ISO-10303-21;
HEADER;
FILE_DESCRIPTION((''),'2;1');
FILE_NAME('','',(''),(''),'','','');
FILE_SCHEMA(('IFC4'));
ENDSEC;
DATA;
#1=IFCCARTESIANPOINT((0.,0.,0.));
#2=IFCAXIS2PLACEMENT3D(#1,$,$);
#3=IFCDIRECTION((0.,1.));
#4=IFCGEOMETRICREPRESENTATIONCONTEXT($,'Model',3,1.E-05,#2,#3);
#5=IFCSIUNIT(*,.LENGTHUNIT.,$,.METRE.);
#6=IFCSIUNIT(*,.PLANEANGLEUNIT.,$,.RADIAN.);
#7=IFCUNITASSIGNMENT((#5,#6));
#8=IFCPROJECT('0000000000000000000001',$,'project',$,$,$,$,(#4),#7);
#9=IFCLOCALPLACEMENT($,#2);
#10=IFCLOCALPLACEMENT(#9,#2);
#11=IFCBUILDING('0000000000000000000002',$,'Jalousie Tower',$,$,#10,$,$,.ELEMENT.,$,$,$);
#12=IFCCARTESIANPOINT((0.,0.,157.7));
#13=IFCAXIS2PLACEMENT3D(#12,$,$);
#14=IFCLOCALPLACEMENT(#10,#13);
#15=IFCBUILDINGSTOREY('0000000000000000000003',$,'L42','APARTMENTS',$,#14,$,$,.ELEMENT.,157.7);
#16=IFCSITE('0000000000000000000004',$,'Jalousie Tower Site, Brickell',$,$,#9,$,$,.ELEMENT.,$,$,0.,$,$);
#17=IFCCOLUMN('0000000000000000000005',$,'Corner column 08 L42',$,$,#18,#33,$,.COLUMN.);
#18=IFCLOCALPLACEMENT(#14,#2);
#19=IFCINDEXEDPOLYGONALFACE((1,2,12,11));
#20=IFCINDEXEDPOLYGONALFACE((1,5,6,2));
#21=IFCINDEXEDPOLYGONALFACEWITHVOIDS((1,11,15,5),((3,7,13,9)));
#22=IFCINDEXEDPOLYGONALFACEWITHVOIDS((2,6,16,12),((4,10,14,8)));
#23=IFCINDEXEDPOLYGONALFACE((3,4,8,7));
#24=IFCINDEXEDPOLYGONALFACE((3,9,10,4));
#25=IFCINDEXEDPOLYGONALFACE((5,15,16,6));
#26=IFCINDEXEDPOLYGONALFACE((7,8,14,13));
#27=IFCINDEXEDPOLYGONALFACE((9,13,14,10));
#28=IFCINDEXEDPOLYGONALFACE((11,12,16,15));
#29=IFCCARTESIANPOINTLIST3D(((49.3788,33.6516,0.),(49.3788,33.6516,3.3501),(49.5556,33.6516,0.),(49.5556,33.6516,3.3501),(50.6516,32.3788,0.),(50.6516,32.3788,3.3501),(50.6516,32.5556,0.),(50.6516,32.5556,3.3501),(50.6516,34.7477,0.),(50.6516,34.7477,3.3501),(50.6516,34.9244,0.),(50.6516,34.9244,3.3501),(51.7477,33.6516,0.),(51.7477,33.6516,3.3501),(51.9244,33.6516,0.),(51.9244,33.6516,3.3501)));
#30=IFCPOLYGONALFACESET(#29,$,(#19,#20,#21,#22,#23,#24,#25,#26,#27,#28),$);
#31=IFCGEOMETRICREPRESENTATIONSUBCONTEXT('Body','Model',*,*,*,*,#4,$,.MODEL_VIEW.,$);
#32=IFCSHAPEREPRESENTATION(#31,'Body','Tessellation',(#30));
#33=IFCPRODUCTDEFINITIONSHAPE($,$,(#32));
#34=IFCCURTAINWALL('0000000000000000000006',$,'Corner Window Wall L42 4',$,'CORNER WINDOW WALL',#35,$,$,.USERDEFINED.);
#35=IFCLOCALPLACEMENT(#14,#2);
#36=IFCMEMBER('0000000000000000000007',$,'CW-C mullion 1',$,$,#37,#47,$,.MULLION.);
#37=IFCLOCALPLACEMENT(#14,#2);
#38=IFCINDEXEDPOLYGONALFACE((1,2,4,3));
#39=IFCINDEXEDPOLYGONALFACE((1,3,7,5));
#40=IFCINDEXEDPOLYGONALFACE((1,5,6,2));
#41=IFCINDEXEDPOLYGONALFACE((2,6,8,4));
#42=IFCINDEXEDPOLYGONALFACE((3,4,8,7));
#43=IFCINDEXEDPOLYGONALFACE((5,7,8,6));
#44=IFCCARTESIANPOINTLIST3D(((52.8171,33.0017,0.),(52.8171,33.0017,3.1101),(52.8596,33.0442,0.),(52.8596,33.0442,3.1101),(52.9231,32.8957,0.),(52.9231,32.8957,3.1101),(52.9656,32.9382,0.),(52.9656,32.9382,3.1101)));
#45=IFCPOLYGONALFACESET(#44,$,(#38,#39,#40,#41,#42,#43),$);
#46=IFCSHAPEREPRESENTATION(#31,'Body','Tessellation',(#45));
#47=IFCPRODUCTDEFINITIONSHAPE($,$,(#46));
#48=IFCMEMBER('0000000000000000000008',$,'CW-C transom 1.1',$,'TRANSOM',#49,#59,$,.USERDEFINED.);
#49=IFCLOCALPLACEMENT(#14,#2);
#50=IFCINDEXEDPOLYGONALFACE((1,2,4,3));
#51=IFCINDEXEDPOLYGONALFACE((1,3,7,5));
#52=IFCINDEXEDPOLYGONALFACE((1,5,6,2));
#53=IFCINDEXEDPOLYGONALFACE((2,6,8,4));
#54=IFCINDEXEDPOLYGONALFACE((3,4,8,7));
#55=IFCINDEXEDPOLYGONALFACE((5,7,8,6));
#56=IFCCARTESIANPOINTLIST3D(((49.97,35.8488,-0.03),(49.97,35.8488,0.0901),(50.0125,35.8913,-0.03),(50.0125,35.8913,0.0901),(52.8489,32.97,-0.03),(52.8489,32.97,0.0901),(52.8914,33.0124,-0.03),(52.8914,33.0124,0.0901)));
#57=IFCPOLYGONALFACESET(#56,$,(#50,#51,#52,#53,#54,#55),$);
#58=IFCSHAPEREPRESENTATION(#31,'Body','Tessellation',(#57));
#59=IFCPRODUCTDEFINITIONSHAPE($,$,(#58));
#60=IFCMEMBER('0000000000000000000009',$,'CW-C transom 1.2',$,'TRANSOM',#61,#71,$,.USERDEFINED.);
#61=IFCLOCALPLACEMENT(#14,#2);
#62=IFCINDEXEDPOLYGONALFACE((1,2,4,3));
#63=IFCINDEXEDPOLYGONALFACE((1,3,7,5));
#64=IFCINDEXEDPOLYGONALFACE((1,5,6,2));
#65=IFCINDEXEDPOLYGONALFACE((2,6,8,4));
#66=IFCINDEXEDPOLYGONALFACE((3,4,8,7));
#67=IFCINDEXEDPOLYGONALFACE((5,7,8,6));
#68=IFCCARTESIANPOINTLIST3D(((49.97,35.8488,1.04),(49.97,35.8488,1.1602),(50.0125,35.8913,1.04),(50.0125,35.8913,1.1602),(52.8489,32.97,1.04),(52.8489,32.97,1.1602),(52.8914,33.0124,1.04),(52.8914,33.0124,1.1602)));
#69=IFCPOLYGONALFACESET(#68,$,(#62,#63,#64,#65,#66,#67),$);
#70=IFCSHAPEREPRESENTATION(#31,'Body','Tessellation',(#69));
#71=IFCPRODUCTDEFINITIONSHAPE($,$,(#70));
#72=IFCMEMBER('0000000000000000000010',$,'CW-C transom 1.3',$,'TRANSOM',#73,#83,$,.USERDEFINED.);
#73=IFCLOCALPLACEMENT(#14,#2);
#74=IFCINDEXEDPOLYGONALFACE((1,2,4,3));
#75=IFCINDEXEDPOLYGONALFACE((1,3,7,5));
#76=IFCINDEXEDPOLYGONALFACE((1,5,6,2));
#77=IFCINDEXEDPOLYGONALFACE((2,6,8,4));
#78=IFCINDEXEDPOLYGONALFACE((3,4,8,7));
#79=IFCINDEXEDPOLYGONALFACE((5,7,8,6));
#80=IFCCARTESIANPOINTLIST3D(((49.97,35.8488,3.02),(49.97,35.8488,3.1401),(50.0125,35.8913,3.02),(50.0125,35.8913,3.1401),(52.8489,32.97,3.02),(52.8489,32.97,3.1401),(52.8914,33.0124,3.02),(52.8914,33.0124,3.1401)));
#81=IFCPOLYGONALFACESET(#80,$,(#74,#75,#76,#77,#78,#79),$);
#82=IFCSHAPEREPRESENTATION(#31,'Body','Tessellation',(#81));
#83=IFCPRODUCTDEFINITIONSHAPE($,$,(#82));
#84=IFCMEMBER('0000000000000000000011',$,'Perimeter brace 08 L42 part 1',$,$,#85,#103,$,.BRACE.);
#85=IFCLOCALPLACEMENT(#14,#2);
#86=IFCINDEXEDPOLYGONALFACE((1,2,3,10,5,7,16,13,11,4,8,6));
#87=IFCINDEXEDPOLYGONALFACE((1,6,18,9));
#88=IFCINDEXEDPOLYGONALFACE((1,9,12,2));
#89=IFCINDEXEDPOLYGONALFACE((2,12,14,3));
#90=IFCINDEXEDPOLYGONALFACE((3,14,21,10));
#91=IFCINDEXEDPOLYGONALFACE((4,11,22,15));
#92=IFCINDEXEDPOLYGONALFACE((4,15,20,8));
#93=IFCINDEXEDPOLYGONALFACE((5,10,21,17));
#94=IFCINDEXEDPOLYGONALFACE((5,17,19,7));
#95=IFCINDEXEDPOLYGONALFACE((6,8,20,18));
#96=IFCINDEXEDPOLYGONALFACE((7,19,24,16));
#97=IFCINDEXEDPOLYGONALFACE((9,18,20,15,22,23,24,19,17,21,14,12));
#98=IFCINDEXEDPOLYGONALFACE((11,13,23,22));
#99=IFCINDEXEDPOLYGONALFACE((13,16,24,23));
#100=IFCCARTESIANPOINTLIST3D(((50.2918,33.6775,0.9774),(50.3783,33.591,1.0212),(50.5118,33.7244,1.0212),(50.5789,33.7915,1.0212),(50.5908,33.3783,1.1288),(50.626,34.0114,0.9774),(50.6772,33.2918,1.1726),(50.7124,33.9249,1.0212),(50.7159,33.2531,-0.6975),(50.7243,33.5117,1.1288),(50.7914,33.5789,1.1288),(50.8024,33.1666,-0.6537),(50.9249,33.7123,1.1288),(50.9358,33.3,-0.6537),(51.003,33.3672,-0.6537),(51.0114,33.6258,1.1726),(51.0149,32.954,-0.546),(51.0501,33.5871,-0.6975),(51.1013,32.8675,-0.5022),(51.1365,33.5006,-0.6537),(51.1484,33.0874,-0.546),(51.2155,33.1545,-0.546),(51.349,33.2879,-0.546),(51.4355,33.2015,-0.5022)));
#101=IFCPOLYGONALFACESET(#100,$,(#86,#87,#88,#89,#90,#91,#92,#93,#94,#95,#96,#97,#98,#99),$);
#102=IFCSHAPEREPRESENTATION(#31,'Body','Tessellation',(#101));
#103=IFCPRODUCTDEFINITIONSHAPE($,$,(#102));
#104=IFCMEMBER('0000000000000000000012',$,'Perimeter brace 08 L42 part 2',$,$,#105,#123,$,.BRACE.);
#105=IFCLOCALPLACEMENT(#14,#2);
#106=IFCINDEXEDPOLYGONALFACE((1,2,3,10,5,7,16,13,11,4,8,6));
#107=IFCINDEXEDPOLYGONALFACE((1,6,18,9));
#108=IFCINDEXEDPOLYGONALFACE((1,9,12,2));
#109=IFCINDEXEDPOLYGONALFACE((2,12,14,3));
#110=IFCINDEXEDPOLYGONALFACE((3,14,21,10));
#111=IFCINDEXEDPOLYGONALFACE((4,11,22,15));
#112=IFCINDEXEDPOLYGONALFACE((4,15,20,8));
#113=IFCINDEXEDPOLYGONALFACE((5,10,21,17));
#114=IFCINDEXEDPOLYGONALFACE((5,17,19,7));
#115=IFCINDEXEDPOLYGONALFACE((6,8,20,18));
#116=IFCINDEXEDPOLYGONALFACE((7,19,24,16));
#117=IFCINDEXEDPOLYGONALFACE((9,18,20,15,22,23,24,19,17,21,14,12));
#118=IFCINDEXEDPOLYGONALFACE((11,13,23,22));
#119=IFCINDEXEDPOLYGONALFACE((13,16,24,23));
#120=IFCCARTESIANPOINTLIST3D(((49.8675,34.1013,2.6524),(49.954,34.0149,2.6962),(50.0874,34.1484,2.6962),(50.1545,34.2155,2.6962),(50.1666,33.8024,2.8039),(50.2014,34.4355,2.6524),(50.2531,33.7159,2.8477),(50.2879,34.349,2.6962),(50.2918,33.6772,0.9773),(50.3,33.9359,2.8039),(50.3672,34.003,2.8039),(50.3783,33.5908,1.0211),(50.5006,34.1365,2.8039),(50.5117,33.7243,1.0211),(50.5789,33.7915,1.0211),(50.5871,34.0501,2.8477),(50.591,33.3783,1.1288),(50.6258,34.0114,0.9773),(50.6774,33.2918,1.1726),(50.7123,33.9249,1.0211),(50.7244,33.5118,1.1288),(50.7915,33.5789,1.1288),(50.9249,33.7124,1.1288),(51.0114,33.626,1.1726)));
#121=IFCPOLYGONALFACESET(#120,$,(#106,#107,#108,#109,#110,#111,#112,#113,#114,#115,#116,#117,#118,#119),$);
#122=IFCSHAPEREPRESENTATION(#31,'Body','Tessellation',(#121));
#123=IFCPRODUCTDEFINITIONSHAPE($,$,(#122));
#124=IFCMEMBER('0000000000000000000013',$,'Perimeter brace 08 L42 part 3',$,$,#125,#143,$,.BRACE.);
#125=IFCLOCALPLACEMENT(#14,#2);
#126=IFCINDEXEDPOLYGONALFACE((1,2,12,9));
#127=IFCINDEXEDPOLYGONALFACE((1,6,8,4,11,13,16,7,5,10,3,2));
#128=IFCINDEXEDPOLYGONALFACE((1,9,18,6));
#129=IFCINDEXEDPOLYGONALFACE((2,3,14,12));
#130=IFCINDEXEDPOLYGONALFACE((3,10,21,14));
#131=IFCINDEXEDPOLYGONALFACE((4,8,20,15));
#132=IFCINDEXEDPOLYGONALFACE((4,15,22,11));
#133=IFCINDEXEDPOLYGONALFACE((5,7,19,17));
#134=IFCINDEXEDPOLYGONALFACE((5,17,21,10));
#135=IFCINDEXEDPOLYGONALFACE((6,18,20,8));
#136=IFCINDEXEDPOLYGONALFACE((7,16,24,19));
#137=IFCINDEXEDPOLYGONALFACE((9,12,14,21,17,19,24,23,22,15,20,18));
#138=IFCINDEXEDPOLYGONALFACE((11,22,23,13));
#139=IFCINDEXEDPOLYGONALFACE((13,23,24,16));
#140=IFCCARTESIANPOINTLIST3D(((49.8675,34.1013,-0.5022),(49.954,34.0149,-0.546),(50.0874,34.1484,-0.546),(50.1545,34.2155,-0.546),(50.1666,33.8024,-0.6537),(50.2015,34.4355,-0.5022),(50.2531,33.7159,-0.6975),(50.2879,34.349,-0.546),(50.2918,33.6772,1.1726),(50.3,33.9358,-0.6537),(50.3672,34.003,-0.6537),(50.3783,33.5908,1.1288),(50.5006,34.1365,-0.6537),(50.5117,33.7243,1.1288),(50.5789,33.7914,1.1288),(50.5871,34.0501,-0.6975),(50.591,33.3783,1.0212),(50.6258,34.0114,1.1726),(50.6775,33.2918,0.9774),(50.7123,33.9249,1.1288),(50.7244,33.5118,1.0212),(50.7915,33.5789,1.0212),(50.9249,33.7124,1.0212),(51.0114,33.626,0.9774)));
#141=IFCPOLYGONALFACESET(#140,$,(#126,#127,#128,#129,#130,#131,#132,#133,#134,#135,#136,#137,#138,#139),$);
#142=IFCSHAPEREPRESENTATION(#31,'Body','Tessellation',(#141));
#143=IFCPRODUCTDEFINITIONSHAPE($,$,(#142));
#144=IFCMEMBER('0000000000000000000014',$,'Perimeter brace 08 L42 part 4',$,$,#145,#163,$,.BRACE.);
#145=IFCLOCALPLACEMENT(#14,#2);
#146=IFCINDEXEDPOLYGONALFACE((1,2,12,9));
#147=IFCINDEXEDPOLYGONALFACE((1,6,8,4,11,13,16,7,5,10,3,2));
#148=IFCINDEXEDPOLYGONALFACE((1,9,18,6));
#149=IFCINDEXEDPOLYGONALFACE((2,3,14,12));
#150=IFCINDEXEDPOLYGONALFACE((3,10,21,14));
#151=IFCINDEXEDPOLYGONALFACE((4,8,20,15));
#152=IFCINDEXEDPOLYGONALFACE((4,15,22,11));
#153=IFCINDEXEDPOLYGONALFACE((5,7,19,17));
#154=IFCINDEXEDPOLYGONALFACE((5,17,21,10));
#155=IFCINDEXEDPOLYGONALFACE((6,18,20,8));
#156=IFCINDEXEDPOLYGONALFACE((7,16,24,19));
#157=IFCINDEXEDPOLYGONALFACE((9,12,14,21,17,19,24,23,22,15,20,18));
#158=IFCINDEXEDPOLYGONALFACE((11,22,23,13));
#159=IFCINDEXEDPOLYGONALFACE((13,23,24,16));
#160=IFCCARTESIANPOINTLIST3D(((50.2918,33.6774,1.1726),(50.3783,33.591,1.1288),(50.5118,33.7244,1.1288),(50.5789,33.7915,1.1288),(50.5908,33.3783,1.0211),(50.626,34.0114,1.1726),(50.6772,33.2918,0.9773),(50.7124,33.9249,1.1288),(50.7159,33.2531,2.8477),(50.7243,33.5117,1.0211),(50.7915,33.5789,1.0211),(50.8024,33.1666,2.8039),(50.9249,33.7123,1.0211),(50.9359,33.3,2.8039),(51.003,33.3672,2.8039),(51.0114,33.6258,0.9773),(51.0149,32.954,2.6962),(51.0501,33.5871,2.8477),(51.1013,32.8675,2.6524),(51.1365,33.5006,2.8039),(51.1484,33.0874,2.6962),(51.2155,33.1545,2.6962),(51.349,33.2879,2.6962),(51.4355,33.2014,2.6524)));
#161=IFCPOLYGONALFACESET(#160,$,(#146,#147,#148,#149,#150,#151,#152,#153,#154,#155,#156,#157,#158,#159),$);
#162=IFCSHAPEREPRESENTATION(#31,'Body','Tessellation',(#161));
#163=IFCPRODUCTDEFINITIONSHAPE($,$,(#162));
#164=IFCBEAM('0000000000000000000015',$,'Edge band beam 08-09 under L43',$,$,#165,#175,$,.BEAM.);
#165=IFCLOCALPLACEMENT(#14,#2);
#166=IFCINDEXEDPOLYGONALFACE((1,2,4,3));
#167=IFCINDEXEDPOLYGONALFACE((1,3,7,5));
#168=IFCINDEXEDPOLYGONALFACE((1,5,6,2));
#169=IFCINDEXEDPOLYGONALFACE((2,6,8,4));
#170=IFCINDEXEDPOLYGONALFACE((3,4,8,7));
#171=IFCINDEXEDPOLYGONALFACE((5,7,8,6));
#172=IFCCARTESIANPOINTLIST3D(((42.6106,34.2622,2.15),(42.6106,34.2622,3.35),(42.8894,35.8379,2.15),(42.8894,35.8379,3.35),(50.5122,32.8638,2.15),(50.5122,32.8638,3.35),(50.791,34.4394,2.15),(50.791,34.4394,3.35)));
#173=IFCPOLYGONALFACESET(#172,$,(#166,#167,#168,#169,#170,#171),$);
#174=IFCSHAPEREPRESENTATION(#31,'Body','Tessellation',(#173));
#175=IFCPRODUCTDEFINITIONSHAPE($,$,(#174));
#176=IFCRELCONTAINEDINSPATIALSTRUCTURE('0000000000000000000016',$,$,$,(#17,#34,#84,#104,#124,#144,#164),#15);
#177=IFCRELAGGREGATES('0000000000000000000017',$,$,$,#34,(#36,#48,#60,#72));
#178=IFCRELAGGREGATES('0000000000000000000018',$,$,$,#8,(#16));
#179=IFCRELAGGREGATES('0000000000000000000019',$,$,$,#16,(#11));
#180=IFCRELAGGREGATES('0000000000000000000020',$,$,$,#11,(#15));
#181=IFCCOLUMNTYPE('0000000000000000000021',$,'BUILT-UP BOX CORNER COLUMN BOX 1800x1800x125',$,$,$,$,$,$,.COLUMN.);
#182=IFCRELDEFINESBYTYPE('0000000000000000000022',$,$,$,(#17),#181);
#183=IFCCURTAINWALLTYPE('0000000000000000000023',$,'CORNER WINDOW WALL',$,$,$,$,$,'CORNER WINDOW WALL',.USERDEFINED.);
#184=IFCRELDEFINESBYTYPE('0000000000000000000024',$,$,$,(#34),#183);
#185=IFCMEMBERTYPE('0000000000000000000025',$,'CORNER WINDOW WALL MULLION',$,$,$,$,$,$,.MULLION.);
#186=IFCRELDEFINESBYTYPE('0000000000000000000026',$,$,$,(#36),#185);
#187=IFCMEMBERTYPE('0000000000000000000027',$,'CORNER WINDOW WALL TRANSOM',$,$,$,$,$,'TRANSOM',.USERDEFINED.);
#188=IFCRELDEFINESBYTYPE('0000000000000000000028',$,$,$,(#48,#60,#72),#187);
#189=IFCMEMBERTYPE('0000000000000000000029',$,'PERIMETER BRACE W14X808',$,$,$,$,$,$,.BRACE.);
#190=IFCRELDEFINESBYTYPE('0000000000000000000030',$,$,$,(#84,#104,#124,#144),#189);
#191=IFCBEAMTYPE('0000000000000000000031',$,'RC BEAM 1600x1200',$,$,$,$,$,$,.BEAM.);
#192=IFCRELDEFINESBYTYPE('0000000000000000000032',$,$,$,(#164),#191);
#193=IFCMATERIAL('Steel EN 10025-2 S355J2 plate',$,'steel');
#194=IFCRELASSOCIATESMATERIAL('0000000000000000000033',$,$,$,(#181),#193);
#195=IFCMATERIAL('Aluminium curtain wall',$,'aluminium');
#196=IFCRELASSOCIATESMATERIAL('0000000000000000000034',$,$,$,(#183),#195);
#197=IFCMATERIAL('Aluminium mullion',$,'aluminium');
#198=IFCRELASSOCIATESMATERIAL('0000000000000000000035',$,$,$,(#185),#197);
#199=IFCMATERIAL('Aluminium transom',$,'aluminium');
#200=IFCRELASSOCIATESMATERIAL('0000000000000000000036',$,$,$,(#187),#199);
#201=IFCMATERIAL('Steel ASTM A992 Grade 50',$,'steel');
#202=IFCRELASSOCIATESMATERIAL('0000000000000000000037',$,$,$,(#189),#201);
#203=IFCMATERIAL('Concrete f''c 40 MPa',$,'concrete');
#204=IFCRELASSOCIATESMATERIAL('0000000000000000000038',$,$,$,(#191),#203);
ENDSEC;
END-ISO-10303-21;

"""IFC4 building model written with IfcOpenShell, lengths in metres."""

from ifc_helpers import new_model, si_unit, direction, frame, origin, origin_2d, place, context, subcontext, project, spatial, rectangle, hollow_rectangle, i_section, extrude, material, material_profile, profile_set, type_object, element, aggregate, save


model = new_model("IFC4")

# Units and contexts
model_context = context("Model", 3, precision=1e-05, world=origin(), true_north=direction((0.0, 1.0)))
body_context = subcontext(model_context, "Body", "Model", "MODEL_VIEW")
ifc_project = project(units=[si_unit("LENGTHUNIT", "METRE"), si_unit("PLANEANGLEUNIT", "RADIAN")], contexts=[model_context])

# Site, building, storey
site_placement = place(None, origin())
site = spatial("IfcSite", under=ifc_project, at=site_placement, Name="Jalousie Tower Site, Brickell", CompositionType="ELEMENT", RefElevation=0.0)
building_placement = place(site_placement, origin())
building = spatial("IfcBuilding", under=site, at=building_placement, Name="Jalousie Tower", CompositionType="ELEMENT")
storey_placement = place(building_placement, frame((0.0, 0.0, 157.7)))
storey = spatial("IfcBuildingStorey", under=building, at=storey_placement, Name="L42", Description="APARTMENTS", CompositionType="ELEMENT", Elevation=157.7)

# Column
ifc_material_1 = material(Name="Steel EN 10025-2 S355J2 plate", Category="steel")
ifc_material_profile_1 = material_profile(ifc_material_1, hollow_rectangle(XDim=1.8, YDim=1.8, WallThickness=0.125, at=origin_2d()), Name="BOX 1800x1800x125")
ifc_profile_set_1 = profile_set([ifc_material_profile_1], Name="Steel EN 10025-2 S355J2 plate")
column_type = type_object("IfcColumnType", Name="BUILT-UP BOX CORNER COLUMN BOX 1800x1800x125", PredefinedType="COLUMN", material=ifc_profile_set_1)
column_placement = place(storey_placement, frame((50.6516, 33.6516, 0.0), z_axis=(0.0, 0.0, 1.0), x_axis=(-0.707107, -0.707107, 0.0)))
element("IfcColumn", 1, at=column_placement, inside=storey, type_object=column_type, Name="Corner column 08 L42", PredefinedType="COLUMN", context=body_context, shape_type="SweptSolid", body=[
    extrude(hollow_rectangle(XDim=1.8, YDim=1.8, WallThickness=0.125, at=origin_2d()), origin(), (0.0, 0.0, 1.0), 3.3501),
])

# Curtain wall, members
ifc_material_2 = material(Name="Aluminium curtain wall", Category="aluminium")
curtain_wall_type_1 = type_object("IfcCurtainWallType", Name="CORNER WINDOW WALL", ElementType="CORNER WINDOW WALL", PredefinedType="USERDEFINED", material=ifc_material_2)
curtain_wall_1_placement = place(storey_placement, origin())
curtain_wall_1 = element("IfcCurtainWall", 2, at=curtain_wall_1_placement, inside=storey, type_object=curtain_wall_type_1, Name="Corner Window Wall L42 4", ObjectType="CORNER WINDOW WALL", PredefinedType="USERDEFINED")
ifc_material_3 = material(Name="Aluminium mullion", Category="aluminium")
ifc_material_profile_2 = material_profile(ifc_material_3, rectangle(XDim=0.0601, YDim=0.1499, at=origin_2d()), Name="MULLION 60x150")
ifc_profile_set_2 = profile_set([ifc_material_profile_2], Name="Aluminium mullion")
member_type_1 = type_object("IfcMemberType", Name="CORNER WINDOW WALL MULLION", PredefinedType="MULLION", material=ifc_profile_set_2)
member_1_placement = place(storey_placement, frame((52.8914, 32.97, 0.0), z_axis=(0.0, 0.0, 1.0), x_axis=(-0.707107, -0.707107, 0.0)))
member_1 = element("IfcMember", 3, at=member_1_placement, type_object=member_type_1, Name="CW-C mullion 1", PredefinedType="MULLION", context=body_context, shape_type="SweptSolid", body=[
    extrude(rectangle(XDim=0.0601, YDim=0.1499, at=origin_2d()), origin(), (0.0, 0.0, 1.0), 3.1101),
])
ifc_material_4 = material(Name="Aluminium transom", Category="aluminium")
ifc_material_profile_3 = material_profile(ifc_material_4, rectangle(XDim=0.0601, YDim=0.1201, at=origin_2d()), Name="TRANSOM 60x120")
ifc_profile_set_3 = profile_set([ifc_material_profile_3], Name="Aluminium transom")
member_type_2 = type_object("IfcMemberType", Name="CORNER WINDOW WALL TRANSOM", ElementType="TRANSOM", PredefinedType="USERDEFINED", material=ifc_profile_set_3)
member_2_placement = place(storey_placement, frame((52.8701, 32.9912, 0.03), z_axis=(-0.707107, 0.707107, 0.0), x_axis=(-0.707107, -0.707107, 0.0)))
member_2 = element("IfcMember", 4, at=member_2_placement, type_object=member_type_2, Name="CW-C transom 1.1", ObjectType="TRANSOM", PredefinedType="USERDEFINED", context=body_context, shape_type="SweptSolid", body=[
    extrude(rectangle(XDim=0.0601, YDim=0.1201, at=origin_2d()), origin(), (0.0, 0.0, 1.0), 4.0713),
])
member_3_placement = place(storey_placement, frame((52.8701, 32.9912, 1.1001), z_axis=(-0.707107, 0.707107, 0.0), x_axis=(-0.707107, -0.707107, 0.0)))
member_3 = element("IfcMember", 5, at=member_3_placement, type_object=member_type_2, Name="CW-C transom 1.2", ObjectType="TRANSOM", PredefinedType="USERDEFINED", context=body_context, shape_type="SweptSolid", body=[
    extrude(rectangle(XDim=0.0601, YDim=0.1201, at=origin_2d()), origin(), (0.0, 0.0, 1.0), 4.0713),
])
member_4_placement = place(storey_placement, frame((52.8701, 32.9912, 3.0801), z_axis=(-0.707107, 0.707107, 0.0), x_axis=(-0.707107, -0.707107, 0.0)))
member_4 = element("IfcMember", 6, at=member_4_placement, type_object=member_type_2, Name="CW-C transom 1.3", ObjectType="TRANSOM", PredefinedType="USERDEFINED", context=body_context, shape_type="SweptSolid", body=[
    extrude(rectangle(XDim=0.0601, YDim=0.1201, at=origin_2d()), origin(), (0.0, 0.0, 1.0), 4.0713),
])

# Members
ifc_material_5 = material(Name="Steel ASTM A992 Grade 50", Category="steel")
ifc_material_profile_4 = material_profile(ifc_material_5, i_section(OverallWidth=0.4724, OverallDepth=0.5791, WebThickness=0.095, FlangeThickness=0.1299, at=origin_2d()), Name="W14X808")
ifc_profile_set_4 = profile_set([ifc_material_profile_4], Name="Steel ASTM A992 Grade 50")
member_type_3 = type_object("IfcMemberType", Name="PERIMETER BRACE W14X808", PredefinedType="BRACE", material=ifc_profile_set_4)
member_5_placement = place(storey_placement, frame((51.0757, 33.2273, -0.5999), z_axis=(-0.238376, 0.238514, 0.941429), x_axis=(-0.70731, -0.706903, 0.0)))
element("IfcMember", 7, at=member_5_placement, inside=storey, type_object=member_type_3, Name="Perimeter brace 08 L42 part 1", PredefinedType="BRACE", context=body_context, shape_type="SweptSolid", body=[
    extrude(i_section(OverallWidth=0.4724, OverallDepth=0.5791, WebThickness=0.095, FlangeThickness=0.1299, at=origin_2d()), origin(), (0.0, 0.0, 1.0), 1.7791),
])
member_6_placement = place(storey_placement, frame((50.6516, 33.6516, 1.075), z_axis=(-0.238483, 0.238346, 0.941444), x_axis=(-0.706903, -0.70731, 0.0)))
element("IfcMember", 8, at=member_6_placement, inside=storey, type_object=member_type_3, Name="Perimeter brace 08 L42 part 2", PredefinedType="BRACE", context=body_context, shape_type="SweptSolid", body=[
    extrude(i_section(OverallWidth=0.4724, OverallDepth=0.5791, WebThickness=0.095, FlangeThickness=0.1299, at=origin_2d()), origin(), (0.0, 0.0, 1.0), 1.7793),
])
member_7_placement = place(storey_placement, frame((50.2273, 34.0757, -0.5999), z_axis=(0.238514, -0.238376, 0.941429), x_axis=(0.706903, 0.70731, 0.0)))
element("IfcMember", 9, at=member_7_placement, inside=storey, type_object=member_type_3, Name="Perimeter brace 08 L42 part 3", PredefinedType="BRACE", context=body_context, shape_type="SweptSolid", body=[
    extrude(i_section(OverallWidth=0.4724, OverallDepth=0.5791, WebThickness=0.095, FlangeThickness=0.1299, at=origin_2d()), origin(), (0.0, 0.0, 1.0), 1.7791),
])
member_8_placement = place(storey_placement, frame((50.6516, 33.6516, 1.075), z_axis=(0.238346, -0.238483, 0.941444), x_axis=(0.70731, 0.706903, 0.0)))
element("IfcMember", 10, at=member_8_placement, inside=storey, type_object=member_type_3, Name="Perimeter brace 08 L42 part 4", PredefinedType="BRACE", context=body_context, shape_type="SweptSolid", body=[
    extrude(i_section(OverallWidth=0.4724, OverallDepth=0.5791, WebThickness=0.095, FlangeThickness=0.1299, at=origin_2d()), origin(), (0.0, 0.0, 1.0), 1.7793),
])

# Beam
ifc_material_6 = material(Name="Concrete f'c 40 MPa", Category="concrete")
ifc_material_profile_5 = material_profile(ifc_material_6, rectangle(XDim=1.6001, YDim=1.2, at=origin_2d()), Name="RC 1600x1200")
ifc_profile_set_5 = profile_set([ifc_material_profile_5], Name="Concrete f'c 40 MPa")
beam_type = type_object("IfcBeamType", Name="RC BEAM 1600x1200", PredefinedType="BEAM", material=ifc_profile_set_5)
beam_placement = place(storey_placement, frame((50.6516, 33.6516, 2.75), z_axis=(-0.984697, 0.174273, 0.0), x_axis=(-0.174273, -0.984697, 0.0)))
element("IfcBeam", 11, at=beam_placement, inside=storey, type_object=beam_type, Name="Edge band beam 08-09 under L43", PredefinedType="BEAM", context=body_context, shape_type="SweptSolid", body=[
    extrude(rectangle(XDim=1.6001, YDim=1.2, at=origin_2d()), origin(), (0.0, 0.0, 1.0), 8.0244),
])

aggregate(curtain_wall_1, [member_1, member_2, member_3, member_4])

save(model, "model.ifc")
